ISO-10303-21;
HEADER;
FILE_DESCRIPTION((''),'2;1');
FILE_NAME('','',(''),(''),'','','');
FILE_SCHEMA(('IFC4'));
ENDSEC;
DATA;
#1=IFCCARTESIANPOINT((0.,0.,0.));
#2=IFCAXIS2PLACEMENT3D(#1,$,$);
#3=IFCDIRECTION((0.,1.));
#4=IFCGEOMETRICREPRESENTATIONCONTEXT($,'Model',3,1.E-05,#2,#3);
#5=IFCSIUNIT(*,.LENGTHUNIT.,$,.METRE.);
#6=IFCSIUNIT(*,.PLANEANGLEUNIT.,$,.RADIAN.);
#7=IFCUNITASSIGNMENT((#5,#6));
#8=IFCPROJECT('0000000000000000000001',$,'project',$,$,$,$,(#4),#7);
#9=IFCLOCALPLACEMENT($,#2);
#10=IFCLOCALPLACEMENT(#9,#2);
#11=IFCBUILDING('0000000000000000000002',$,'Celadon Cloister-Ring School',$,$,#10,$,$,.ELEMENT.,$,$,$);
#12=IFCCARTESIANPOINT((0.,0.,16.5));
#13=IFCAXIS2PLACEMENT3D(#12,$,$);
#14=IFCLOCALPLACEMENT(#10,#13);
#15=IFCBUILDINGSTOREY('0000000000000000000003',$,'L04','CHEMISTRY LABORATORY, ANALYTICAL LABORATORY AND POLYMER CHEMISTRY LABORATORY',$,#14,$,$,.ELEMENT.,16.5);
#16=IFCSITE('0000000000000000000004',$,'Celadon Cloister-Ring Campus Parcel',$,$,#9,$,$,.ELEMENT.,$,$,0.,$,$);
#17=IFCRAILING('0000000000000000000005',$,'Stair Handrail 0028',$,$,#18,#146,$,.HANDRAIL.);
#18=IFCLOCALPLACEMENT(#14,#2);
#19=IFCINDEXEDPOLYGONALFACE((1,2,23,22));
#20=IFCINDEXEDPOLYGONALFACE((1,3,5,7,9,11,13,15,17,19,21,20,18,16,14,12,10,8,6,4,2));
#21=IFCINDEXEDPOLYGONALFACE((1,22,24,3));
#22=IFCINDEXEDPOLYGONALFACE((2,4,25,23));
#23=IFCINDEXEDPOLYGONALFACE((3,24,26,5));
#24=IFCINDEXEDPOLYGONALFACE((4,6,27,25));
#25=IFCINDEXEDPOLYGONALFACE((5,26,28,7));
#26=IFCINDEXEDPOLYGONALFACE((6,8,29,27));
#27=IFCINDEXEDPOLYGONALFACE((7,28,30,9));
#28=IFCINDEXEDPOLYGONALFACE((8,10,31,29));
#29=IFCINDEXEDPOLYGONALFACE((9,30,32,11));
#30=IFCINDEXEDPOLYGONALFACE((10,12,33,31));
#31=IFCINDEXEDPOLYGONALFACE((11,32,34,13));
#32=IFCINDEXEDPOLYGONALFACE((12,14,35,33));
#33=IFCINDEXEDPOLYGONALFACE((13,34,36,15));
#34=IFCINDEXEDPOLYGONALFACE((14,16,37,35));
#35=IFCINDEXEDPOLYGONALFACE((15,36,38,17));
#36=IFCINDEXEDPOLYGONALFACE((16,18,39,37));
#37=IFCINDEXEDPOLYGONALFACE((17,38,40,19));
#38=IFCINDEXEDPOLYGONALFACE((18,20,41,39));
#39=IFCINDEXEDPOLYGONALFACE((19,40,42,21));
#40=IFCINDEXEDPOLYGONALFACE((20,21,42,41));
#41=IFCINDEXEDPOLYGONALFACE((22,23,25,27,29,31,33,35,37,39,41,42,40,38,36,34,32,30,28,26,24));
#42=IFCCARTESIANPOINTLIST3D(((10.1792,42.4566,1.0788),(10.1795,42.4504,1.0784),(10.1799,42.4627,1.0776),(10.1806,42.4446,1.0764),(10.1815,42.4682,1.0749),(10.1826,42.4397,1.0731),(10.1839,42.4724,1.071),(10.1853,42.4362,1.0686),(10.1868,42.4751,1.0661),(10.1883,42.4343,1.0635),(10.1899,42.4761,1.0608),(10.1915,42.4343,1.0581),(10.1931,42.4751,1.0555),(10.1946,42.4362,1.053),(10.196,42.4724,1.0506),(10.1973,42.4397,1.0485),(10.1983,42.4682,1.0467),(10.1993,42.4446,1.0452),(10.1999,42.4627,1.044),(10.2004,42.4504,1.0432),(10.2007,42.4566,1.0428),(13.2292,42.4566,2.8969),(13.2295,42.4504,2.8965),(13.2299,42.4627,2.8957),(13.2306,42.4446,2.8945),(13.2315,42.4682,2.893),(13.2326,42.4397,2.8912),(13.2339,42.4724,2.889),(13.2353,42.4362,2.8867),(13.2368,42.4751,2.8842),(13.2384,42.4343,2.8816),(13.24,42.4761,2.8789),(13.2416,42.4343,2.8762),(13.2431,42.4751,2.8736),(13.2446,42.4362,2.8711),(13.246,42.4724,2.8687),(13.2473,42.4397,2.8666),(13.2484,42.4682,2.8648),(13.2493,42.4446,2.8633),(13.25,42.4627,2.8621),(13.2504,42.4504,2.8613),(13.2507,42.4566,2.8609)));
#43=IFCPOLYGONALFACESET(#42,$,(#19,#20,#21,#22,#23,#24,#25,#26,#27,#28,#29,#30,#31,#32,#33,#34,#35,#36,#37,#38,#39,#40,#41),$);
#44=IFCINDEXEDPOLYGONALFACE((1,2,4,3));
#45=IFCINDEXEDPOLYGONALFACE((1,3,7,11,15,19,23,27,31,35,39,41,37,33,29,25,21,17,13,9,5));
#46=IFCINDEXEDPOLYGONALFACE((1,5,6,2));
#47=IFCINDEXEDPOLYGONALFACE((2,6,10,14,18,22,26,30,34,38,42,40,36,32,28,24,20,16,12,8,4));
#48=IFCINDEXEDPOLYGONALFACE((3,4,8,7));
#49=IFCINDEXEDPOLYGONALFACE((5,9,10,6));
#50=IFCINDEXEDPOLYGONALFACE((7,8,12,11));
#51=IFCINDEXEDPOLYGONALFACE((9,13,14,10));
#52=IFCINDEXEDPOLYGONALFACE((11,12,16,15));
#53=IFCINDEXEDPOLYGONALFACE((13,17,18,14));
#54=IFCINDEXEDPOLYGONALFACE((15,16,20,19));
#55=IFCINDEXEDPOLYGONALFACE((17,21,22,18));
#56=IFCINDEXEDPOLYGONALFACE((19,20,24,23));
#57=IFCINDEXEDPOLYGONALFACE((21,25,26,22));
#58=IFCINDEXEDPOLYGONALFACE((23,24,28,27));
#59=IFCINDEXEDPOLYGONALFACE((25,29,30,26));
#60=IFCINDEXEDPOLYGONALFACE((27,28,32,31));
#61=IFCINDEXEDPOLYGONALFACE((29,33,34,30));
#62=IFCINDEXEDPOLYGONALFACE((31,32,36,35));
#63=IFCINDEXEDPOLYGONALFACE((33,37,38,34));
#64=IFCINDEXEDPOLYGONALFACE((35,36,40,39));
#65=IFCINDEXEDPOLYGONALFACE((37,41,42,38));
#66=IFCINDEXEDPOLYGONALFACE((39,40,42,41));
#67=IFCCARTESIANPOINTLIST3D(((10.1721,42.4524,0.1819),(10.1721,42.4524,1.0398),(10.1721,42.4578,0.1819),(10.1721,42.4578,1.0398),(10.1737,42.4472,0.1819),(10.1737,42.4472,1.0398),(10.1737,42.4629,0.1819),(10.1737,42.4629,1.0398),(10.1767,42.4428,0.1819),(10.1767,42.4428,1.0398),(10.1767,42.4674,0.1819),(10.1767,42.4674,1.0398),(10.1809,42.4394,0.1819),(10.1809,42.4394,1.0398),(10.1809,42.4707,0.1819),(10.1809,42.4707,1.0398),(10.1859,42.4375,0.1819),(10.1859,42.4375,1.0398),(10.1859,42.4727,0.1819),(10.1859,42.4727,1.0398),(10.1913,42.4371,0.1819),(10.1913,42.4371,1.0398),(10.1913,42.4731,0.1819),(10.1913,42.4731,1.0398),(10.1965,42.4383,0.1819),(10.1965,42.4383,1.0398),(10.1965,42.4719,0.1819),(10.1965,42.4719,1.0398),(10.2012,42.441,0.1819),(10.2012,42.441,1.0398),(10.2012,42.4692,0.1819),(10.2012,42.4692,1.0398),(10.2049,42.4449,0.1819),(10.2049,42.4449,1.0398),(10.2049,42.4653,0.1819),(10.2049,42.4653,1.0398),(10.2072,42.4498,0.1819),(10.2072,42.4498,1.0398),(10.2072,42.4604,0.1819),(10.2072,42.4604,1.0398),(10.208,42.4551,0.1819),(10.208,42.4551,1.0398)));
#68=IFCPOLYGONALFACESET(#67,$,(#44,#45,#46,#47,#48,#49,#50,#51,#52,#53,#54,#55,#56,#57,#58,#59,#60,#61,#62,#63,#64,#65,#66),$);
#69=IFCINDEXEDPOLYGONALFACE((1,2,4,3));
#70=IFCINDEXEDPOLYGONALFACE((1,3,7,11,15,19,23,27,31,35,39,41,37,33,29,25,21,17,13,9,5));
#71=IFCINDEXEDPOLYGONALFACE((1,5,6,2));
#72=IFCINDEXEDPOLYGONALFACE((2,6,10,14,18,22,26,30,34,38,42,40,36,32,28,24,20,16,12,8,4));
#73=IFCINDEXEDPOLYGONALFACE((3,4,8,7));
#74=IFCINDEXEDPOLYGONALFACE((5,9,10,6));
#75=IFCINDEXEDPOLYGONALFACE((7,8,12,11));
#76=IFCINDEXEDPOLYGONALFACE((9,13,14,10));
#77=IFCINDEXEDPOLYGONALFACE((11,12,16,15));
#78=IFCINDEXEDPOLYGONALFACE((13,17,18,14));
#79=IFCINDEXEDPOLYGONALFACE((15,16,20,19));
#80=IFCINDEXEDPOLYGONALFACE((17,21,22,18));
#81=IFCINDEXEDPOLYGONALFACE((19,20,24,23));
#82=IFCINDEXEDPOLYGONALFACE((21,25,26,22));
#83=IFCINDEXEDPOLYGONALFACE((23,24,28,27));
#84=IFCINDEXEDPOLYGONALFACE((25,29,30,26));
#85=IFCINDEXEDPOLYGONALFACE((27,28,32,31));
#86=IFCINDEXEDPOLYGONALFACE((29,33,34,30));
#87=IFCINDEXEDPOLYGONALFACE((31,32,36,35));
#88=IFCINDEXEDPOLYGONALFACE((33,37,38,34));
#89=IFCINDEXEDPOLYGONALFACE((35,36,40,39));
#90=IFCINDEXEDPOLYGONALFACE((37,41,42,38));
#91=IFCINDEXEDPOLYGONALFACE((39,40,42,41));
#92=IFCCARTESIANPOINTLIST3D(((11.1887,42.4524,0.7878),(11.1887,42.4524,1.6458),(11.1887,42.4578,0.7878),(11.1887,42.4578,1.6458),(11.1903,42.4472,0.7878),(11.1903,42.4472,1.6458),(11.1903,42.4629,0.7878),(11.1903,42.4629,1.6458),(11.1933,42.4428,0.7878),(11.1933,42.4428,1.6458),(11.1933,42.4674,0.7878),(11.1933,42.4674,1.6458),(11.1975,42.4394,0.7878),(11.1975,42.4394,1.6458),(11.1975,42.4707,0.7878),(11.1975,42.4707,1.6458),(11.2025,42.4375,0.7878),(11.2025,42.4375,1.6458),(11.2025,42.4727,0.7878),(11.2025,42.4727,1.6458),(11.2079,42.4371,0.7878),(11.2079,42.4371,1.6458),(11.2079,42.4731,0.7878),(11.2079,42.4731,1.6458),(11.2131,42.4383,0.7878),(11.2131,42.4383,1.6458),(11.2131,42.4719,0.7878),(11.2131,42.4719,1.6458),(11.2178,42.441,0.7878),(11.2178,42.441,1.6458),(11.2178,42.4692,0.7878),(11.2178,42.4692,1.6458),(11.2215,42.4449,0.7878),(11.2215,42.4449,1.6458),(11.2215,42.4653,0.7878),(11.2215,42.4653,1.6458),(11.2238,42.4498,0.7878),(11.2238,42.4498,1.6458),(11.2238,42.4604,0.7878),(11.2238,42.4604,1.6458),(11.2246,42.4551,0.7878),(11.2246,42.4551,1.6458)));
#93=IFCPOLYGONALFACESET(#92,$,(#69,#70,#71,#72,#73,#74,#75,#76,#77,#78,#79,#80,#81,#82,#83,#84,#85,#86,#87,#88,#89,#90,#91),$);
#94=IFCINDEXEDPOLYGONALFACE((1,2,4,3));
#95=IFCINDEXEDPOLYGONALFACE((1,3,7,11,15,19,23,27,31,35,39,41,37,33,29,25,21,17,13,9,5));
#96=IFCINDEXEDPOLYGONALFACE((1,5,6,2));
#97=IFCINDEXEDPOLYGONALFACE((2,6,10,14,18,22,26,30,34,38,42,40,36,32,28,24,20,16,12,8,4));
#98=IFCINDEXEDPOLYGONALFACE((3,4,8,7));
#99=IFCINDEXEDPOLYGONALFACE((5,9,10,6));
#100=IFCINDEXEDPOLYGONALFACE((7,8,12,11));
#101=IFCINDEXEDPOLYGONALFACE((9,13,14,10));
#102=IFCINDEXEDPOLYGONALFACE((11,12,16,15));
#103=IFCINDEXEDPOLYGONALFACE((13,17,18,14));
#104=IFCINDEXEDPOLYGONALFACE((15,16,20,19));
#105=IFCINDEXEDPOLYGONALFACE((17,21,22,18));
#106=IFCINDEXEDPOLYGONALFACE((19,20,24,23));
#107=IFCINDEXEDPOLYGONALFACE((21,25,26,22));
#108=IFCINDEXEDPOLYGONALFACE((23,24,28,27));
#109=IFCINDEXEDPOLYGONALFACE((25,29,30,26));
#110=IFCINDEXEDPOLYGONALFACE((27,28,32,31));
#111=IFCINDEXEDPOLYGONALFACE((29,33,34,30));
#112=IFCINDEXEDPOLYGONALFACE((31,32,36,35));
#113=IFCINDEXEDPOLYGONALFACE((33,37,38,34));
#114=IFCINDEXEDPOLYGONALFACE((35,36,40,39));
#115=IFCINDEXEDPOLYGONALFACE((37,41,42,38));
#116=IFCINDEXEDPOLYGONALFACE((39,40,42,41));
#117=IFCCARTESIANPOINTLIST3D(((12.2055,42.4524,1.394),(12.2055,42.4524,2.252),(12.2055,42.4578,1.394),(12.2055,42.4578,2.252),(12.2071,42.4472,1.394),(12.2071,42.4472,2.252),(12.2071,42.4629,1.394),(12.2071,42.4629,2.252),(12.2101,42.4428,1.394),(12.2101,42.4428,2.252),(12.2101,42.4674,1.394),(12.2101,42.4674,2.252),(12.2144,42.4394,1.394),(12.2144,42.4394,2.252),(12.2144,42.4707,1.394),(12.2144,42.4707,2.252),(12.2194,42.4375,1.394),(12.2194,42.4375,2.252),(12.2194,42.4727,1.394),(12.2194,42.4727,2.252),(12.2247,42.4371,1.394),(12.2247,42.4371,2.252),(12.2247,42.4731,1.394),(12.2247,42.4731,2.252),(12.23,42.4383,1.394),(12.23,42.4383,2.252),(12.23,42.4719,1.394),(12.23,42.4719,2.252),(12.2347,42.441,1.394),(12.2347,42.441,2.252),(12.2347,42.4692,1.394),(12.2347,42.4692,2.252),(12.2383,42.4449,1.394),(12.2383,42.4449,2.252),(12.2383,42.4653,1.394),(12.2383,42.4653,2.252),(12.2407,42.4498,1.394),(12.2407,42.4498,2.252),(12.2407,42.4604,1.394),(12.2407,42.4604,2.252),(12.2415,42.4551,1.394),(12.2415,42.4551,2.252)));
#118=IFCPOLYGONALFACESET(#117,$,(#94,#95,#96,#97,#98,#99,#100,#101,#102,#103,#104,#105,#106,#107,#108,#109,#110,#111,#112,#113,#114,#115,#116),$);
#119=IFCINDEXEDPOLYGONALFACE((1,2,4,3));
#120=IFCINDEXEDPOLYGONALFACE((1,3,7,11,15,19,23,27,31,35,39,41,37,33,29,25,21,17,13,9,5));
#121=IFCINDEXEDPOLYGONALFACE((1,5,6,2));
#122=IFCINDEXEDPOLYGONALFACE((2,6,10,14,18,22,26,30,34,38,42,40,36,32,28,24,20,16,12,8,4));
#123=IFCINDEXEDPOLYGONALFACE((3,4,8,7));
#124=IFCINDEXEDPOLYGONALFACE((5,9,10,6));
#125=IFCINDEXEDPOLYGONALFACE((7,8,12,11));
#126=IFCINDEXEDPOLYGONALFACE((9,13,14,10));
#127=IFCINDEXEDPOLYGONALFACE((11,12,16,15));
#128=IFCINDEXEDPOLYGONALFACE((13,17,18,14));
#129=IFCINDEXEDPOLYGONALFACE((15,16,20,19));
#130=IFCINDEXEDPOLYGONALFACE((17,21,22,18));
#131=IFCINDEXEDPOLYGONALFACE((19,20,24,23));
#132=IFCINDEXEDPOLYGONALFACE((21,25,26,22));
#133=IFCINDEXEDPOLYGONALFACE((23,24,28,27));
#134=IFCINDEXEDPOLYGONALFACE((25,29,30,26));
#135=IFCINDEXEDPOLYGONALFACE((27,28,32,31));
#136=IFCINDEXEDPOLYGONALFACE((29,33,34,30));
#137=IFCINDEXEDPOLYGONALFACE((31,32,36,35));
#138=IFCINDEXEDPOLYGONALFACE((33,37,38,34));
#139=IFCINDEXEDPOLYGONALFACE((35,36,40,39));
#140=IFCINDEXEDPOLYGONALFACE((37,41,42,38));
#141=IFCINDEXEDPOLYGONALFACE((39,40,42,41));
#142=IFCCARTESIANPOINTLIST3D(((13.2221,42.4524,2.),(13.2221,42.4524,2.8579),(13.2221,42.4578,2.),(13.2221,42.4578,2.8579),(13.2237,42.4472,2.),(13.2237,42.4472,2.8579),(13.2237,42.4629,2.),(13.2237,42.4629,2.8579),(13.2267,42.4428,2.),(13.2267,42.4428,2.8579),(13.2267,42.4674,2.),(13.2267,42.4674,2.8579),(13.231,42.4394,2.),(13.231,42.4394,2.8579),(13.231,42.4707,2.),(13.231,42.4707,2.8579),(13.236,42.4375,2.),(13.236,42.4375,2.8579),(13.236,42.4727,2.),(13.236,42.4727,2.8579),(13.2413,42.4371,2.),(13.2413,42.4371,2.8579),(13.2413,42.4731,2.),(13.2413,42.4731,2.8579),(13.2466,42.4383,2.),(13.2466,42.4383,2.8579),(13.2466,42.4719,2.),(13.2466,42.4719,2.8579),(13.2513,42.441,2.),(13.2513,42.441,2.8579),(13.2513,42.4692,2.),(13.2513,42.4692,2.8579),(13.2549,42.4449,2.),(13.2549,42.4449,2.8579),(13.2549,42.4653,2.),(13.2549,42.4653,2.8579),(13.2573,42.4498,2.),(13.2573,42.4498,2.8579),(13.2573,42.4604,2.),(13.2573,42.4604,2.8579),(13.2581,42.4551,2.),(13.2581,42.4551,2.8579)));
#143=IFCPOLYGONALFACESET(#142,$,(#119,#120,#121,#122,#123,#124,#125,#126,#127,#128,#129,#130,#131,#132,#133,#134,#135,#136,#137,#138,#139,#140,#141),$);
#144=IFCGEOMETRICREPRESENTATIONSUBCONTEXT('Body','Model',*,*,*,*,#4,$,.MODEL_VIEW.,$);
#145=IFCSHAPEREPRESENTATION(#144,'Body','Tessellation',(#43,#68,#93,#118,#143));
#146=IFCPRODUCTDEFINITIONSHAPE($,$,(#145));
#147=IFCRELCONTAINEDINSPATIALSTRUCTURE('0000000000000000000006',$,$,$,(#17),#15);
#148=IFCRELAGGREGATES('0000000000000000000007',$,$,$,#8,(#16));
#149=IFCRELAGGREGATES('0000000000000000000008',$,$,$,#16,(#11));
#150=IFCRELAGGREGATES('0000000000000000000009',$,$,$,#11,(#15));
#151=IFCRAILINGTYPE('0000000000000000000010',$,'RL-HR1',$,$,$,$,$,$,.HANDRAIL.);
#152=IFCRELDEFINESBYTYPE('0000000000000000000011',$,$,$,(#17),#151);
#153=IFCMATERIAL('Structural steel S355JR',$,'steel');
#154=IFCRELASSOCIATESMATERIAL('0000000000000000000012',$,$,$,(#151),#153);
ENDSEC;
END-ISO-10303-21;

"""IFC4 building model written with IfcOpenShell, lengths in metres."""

from ifc_helpers import new_model, si_unit, direction, frame, origin, origin_2d, place, context, subcontext, project, spatial, circle, extrude, material, type_object, element, save


model = new_model("IFC4")

# Units and contexts
model_context = context("Model", 3, precision=1e-05, world=origin(), true_north=direction((0.0, 1.0)))
body_context = subcontext(model_context, "Body", "Model", "MODEL_VIEW")
ifc_project = project(units=[si_unit("LENGTHUNIT", "METRE"), si_unit("PLANEANGLEUNIT", "RADIAN")], contexts=[model_context])

# Site, building, storey
site_placement = place(None, origin())
site = spatial("IfcSite", under=ifc_project, at=site_placement, Name="Celadon Cloister-Ring Campus Parcel", CompositionType="ELEMENT", RefElevation=0.0)
building_placement = place(site_placement, origin())
building = spatial("IfcBuilding", under=site, at=building_placement, Name="Celadon Cloister-Ring School", CompositionType="ELEMENT")
storey_placement = place(building_placement, frame((0.0, 0.0, 16.5)))
storey = spatial("IfcBuildingStorey", under=building, at=storey_placement, Name="L04", Description="CHEMISTRY LABORATORY, ANALYTICAL LABORATORY AND POLYMER CHEMISTRY LABORATORY", CompositionType="ELEMENT", Elevation=16.5)

# Railing
ifc_material_1 = material(Name="Structural steel S355JR", Category="steel")
railing_type_1 = type_object("IfcRailingType", Name="RL-HR1", PredefinedType="HANDRAIL", material=ifc_material_1)
railing_1_placement = place(storey_placement, frame((10.1899, 42.4551, 0.1819)))
element("IfcRailing", 1, at=railing_1_placement, inside=storey, type_object=railing_type_1, Name="Stair Handrail 0028", PredefinedType="HANDRAIL", context=body_context, shape_type="SweptSolid", body=[
    extrude(circle(Radius=0.021, at=origin_2d()), frame((0.0, 0.0, 0.8789), z_axis=(0.85897, 0.0, 0.512026), x_axis=(0.0, 1.0, 0.0)), (0.0, 0.0, 1.0), 3.5508),
    extrude(circle(Radius=0.0181, at=origin_2d()), origin(), (0.0, 0.0, 1.0), 0.8579),
    extrude(circle(Radius=0.0181, at=origin_2d()), frame((1.0166, 0.0, 0.606)), (0.0, 0.0, 1.0), 0.8579),
    extrude(circle(Radius=0.0181, at=origin_2d()), frame((2.0334, 0.0, 1.2122)), (0.0, 0.0, 1.0), 0.8579),
    extrude(circle(Radius=0.0181, at=origin_2d()), frame((3.05, 0.0, 1.8181)), (0.0, 0.0, 1.0), 0.8579),
])

save(model, "model.ifc")
